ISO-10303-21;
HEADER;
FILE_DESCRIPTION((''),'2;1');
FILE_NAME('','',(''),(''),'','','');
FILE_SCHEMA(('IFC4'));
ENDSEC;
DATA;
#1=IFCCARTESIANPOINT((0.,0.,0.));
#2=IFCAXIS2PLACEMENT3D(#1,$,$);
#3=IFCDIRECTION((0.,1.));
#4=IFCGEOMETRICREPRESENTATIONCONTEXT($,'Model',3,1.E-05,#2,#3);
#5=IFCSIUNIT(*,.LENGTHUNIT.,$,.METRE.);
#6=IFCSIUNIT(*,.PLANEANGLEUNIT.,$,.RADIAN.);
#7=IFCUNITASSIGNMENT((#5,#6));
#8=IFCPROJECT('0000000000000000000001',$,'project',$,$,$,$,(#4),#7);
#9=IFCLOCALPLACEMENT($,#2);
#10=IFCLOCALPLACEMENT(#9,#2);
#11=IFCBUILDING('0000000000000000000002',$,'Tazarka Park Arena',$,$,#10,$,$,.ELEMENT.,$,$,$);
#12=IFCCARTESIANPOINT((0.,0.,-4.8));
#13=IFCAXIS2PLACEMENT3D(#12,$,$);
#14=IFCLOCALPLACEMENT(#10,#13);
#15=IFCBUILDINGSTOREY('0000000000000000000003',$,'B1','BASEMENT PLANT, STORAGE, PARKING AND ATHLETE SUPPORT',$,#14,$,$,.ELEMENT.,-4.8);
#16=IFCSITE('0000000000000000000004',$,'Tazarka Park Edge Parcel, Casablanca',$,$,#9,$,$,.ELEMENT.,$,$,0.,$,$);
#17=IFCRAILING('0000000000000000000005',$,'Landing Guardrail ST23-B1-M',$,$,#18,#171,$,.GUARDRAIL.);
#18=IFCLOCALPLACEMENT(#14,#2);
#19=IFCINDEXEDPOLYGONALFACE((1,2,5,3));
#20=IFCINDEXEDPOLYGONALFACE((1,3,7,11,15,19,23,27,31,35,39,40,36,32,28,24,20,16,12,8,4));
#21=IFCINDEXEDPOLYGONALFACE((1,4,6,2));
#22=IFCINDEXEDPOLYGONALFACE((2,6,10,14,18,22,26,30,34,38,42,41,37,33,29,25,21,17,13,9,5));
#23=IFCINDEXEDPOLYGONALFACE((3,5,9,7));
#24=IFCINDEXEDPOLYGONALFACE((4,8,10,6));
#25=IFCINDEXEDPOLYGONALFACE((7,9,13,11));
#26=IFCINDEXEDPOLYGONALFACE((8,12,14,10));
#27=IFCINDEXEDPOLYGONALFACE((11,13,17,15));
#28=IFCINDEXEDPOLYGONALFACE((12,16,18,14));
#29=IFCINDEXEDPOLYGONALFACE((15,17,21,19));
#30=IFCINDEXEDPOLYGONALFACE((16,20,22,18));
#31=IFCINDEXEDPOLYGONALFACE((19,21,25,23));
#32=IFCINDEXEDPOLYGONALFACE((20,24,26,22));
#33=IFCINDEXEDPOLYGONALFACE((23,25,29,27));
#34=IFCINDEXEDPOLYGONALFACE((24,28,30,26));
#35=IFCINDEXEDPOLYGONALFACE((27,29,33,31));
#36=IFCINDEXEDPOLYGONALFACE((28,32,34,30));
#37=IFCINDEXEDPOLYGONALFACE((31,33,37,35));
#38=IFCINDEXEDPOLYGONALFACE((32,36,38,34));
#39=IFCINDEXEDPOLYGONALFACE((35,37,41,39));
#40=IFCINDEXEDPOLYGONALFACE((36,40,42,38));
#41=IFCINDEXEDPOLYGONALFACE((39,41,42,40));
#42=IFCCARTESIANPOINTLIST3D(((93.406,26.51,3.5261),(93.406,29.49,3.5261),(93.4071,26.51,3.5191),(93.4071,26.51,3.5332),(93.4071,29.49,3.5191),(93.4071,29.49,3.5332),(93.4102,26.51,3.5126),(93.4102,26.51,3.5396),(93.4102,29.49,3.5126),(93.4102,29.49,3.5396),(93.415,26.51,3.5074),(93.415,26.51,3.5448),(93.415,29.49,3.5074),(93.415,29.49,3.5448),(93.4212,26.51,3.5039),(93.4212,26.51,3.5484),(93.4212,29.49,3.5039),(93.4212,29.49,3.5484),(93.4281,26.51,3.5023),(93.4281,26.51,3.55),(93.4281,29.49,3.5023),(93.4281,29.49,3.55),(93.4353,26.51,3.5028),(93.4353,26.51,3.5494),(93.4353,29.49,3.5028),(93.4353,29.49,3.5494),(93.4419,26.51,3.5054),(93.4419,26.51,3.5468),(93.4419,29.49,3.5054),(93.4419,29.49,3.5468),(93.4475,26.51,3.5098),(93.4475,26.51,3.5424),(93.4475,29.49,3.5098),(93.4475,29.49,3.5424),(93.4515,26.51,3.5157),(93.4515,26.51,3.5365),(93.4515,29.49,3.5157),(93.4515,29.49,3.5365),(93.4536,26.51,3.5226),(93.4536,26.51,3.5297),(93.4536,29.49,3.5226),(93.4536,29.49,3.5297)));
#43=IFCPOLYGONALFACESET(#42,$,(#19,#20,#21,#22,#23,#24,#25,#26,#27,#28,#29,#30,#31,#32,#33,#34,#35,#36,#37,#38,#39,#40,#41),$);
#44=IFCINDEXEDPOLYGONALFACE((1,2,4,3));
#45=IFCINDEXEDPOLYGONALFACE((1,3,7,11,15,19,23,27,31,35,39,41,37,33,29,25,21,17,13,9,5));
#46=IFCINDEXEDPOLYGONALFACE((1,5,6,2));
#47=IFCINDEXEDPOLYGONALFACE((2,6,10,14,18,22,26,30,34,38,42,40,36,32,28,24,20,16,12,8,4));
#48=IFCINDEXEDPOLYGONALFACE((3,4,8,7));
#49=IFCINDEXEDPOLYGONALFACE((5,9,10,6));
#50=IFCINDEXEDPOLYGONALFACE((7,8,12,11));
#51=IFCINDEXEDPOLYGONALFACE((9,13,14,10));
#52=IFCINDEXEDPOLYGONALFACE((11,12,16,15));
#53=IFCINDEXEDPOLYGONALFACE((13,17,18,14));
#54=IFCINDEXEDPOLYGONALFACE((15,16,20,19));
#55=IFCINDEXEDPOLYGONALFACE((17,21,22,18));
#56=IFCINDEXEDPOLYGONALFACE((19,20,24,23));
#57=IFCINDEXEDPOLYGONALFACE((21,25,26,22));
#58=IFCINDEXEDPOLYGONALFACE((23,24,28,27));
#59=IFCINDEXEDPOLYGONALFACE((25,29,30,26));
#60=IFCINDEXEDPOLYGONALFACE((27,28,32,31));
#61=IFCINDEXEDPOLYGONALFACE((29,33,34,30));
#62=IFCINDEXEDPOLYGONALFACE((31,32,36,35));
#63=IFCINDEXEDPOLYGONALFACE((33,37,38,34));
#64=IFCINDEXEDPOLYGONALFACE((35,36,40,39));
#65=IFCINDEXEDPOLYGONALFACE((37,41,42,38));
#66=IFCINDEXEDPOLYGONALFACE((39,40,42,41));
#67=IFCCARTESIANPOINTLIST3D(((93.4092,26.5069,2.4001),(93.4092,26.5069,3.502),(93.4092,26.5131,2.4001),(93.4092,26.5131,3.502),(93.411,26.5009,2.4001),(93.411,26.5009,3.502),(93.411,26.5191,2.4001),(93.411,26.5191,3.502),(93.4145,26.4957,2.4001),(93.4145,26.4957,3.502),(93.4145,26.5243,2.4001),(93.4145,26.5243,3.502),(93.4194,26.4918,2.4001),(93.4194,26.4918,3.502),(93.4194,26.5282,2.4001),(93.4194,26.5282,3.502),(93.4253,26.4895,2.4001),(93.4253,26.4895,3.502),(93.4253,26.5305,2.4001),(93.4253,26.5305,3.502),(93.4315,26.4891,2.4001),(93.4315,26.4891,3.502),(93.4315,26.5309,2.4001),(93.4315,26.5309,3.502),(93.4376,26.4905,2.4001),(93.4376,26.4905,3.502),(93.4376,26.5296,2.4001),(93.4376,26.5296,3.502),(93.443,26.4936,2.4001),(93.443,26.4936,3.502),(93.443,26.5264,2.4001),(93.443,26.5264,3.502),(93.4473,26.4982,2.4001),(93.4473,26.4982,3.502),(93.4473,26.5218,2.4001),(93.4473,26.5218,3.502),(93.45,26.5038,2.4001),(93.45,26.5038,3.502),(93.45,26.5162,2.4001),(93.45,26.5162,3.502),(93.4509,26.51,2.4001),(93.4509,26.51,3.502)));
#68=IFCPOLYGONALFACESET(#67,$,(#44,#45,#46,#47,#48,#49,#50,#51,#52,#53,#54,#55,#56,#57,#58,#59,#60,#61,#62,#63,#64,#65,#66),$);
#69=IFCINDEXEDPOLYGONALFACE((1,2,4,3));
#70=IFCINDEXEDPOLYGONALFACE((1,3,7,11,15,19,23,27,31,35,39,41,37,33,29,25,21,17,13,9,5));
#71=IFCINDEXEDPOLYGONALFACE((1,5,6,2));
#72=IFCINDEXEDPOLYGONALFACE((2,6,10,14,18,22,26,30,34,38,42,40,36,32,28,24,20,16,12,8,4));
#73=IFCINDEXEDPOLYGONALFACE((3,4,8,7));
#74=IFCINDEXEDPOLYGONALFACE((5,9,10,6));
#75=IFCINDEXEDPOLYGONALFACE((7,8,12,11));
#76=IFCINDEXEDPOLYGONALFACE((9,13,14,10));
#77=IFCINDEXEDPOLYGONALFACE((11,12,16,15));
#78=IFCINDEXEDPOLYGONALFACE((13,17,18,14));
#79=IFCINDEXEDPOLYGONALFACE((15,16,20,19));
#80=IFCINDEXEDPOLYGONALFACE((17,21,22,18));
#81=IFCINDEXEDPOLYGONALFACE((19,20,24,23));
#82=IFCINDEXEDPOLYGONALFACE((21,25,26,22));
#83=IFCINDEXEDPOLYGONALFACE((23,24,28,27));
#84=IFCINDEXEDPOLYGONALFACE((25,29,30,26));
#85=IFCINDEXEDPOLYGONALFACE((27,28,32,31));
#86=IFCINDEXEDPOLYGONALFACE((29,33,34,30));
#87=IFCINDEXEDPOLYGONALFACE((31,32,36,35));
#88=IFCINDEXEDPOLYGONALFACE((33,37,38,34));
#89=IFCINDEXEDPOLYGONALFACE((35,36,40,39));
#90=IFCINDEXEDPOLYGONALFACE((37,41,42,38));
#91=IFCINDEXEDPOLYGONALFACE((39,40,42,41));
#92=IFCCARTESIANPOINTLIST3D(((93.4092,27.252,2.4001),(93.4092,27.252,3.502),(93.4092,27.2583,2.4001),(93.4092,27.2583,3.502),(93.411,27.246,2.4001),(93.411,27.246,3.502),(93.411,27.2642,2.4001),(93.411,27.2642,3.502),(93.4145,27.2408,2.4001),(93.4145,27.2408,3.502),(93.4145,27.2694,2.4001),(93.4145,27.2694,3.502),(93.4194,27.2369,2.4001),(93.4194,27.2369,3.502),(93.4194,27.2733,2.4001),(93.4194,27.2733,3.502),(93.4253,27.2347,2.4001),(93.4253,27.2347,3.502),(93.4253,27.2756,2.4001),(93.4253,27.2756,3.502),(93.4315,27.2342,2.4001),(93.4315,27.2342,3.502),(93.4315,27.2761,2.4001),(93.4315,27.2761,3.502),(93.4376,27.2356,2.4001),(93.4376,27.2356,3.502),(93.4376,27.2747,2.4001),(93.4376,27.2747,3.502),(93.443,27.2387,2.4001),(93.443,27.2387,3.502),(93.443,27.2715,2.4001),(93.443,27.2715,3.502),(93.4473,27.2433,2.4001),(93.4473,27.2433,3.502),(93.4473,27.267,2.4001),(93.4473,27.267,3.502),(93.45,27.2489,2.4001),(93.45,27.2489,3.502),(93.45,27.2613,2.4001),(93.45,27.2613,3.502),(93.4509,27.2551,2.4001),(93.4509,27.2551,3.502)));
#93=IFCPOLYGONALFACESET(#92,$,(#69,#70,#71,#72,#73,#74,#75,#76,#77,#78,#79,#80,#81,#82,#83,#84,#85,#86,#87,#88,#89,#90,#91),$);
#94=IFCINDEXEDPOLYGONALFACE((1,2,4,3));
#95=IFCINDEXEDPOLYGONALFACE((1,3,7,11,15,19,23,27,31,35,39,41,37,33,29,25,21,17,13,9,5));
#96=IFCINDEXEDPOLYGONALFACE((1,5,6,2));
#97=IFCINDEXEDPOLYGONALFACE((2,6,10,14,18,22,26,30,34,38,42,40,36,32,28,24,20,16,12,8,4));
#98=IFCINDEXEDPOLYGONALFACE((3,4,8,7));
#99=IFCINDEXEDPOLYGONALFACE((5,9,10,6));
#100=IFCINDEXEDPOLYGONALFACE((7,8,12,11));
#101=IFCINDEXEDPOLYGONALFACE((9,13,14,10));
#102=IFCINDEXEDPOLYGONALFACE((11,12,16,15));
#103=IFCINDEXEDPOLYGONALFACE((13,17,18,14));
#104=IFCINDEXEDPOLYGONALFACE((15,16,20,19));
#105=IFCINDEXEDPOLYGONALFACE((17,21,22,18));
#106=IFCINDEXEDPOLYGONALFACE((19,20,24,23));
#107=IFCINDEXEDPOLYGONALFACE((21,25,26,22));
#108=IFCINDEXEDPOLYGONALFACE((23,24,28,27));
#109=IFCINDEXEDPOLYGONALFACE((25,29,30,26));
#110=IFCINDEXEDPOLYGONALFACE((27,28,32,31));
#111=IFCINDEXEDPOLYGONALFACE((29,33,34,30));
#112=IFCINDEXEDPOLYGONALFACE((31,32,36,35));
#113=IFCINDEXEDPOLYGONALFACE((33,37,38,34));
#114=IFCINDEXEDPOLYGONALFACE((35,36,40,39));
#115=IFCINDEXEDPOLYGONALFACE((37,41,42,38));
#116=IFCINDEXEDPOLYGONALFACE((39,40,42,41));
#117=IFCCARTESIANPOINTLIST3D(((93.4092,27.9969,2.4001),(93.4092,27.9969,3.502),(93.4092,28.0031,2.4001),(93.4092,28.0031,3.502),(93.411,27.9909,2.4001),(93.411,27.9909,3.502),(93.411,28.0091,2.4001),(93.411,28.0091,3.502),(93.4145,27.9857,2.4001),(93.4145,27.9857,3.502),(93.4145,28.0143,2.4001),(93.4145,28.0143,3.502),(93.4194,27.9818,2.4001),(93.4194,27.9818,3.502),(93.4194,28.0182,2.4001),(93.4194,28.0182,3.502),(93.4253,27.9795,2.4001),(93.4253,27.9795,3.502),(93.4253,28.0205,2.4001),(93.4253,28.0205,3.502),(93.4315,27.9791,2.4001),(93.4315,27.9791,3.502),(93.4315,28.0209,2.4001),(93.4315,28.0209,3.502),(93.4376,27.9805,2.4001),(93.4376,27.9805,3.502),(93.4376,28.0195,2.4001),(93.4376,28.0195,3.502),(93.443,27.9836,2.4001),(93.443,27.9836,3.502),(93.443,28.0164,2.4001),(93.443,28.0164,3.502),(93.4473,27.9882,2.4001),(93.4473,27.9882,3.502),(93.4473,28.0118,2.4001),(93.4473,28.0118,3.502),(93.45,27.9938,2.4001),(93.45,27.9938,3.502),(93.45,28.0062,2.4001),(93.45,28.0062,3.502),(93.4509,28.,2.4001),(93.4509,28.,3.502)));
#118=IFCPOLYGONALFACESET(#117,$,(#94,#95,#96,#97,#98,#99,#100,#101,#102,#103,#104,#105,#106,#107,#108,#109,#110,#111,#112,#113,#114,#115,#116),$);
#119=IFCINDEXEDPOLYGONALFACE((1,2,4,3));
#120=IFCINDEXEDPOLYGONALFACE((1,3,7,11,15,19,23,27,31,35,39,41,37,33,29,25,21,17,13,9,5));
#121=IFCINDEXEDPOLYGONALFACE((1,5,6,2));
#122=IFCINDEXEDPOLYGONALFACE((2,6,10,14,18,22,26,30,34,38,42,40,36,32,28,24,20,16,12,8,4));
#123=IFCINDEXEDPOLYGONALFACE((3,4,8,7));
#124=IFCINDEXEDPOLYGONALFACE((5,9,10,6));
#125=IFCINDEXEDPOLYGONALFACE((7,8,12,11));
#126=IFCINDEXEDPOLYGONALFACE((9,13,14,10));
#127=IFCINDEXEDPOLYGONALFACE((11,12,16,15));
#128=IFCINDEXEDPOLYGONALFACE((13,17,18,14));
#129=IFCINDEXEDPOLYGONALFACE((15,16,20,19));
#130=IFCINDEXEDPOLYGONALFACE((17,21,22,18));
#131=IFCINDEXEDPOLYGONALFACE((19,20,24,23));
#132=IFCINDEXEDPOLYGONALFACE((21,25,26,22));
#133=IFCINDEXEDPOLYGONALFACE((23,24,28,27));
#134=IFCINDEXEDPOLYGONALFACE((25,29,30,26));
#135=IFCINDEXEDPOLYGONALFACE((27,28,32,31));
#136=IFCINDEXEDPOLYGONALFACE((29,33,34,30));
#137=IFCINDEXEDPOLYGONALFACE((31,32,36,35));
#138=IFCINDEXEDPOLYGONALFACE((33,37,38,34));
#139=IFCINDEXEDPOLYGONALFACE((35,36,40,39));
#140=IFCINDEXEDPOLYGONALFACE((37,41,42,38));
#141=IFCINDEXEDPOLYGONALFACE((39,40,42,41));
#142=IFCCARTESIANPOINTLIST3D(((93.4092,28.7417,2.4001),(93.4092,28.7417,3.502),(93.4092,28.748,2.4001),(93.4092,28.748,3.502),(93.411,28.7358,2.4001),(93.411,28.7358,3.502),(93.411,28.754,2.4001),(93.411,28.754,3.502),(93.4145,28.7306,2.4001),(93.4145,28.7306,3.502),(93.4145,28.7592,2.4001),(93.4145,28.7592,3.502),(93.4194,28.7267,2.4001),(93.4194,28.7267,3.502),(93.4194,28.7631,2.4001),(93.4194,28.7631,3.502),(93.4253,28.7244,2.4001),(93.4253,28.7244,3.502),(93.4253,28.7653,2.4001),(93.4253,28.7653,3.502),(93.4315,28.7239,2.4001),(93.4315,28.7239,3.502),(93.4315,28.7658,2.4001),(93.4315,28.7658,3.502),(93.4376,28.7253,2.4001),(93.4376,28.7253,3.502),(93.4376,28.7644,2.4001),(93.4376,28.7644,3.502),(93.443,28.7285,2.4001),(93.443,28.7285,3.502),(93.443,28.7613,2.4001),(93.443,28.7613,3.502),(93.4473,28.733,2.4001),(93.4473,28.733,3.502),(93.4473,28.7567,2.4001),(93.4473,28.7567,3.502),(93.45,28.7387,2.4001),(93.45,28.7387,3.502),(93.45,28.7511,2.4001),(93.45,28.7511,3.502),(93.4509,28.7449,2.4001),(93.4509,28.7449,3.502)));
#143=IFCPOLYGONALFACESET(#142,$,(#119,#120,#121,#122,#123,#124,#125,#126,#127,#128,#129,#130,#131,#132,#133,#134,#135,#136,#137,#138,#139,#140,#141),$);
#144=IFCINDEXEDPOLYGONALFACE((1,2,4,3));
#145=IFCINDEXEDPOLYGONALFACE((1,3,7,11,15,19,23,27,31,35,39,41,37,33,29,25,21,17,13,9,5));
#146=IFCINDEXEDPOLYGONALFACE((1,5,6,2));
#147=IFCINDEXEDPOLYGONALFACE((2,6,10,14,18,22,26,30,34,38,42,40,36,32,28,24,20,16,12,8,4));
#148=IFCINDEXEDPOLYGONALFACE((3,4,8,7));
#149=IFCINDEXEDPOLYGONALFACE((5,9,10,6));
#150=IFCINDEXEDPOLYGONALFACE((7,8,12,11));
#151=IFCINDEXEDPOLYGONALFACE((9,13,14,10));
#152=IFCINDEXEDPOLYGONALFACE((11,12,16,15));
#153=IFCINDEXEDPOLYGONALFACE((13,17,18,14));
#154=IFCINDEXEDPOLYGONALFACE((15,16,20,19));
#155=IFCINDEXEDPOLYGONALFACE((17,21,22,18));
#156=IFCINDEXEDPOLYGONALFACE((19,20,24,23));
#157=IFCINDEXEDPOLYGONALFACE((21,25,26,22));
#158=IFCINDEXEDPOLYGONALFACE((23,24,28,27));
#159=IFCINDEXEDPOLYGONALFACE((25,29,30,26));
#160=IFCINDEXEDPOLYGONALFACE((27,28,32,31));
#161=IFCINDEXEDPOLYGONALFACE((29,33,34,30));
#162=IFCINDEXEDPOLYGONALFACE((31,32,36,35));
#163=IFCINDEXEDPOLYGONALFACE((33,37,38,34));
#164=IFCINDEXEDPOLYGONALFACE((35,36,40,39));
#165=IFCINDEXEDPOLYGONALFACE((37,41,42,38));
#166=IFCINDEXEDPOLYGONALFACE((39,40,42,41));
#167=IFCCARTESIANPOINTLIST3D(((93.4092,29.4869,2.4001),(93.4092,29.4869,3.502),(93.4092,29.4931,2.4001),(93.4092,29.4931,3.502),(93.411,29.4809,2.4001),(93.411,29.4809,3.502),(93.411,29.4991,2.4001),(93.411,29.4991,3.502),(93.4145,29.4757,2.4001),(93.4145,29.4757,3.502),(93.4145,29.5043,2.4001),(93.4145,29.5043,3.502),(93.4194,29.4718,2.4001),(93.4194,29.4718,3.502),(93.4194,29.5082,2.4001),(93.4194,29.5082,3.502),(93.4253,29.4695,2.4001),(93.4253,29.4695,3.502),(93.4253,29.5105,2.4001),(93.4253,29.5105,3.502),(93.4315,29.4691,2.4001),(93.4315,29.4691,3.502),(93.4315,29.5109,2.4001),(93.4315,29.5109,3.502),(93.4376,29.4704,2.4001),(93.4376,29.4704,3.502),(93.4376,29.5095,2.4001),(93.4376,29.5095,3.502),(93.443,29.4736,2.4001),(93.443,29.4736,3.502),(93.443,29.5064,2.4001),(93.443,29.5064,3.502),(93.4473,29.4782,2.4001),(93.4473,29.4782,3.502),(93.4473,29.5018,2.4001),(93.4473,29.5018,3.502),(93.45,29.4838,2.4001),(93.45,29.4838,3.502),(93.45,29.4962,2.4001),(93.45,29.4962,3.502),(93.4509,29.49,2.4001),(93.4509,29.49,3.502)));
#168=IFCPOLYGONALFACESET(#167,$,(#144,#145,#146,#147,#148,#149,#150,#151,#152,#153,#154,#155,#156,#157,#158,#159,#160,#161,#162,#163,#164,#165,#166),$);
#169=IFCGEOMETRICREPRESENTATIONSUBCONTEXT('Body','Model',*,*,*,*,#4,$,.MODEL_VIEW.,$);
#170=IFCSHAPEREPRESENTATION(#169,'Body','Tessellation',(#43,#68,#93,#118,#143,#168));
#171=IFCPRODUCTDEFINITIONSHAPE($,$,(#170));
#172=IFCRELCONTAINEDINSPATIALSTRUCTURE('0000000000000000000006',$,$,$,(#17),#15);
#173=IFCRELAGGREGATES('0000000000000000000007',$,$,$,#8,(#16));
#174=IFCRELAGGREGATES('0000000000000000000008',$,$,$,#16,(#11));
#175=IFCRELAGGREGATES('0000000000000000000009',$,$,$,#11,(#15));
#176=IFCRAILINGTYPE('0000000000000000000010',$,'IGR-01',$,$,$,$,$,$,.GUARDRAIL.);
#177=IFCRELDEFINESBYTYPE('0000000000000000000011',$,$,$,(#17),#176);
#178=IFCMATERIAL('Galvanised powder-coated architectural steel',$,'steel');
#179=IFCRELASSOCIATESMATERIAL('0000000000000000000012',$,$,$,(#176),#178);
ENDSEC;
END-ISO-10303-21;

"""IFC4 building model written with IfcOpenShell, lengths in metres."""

from ifc_helpers import new_model, si_unit, direction, frame, origin, origin_2d, place, context, subcontext, project, spatial, circle, extrude, material, type_object, element, save


model = new_model("IFC4")

# Units and contexts
model_context = context("Model", 3, precision=1e-05, world=origin(), true_north=direction((0.0, 1.0)))
body_context = subcontext(model_context, "Body", "Model", "MODEL_VIEW")
ifc_project = project(units=[si_unit("LENGTHUNIT", "METRE"), si_unit("PLANEANGLEUNIT", "RADIAN")], contexts=[model_context])

# Site, building, storey
site_placement = place(None, origin())
site = spatial("IfcSite", under=ifc_project, at=site_placement, Name="Tazarka Park Edge Parcel, Casablanca", CompositionType="ELEMENT", RefElevation=0.0)
building_placement = place(site_placement, origin())
building = spatial("IfcBuilding", under=site, at=building_placement, Name="Tazarka Park Arena", CompositionType="ELEMENT")
storey_placement = place(building_placement, frame((0.0, 0.0, -4.8)))
storey = spatial("IfcBuildingStorey", under=building, at=storey_placement, Name="B1", Description="BASEMENT PLANT, STORAGE, PARKING AND ATHLETE SUPPORT", CompositionType="ELEMENT", Elevation=-4.8)

# Railing
ifc_material_1 = material(Name="Galvanised powder-coated architectural steel", Category="steel")
railing_type_1 = type_object("IfcRailingType", Name="IGR-01", PredefinedType="GUARDRAIL", material=ifc_material_1)
railing_1_placement = place(storey_placement, frame((93.4299, 26.51, 2.4001)))
element("IfcRailing", 1, at=railing_1_placement, inside=storey, type_object=railing_type_1, Name="Landing Guardrail ST23-B1-M", PredefinedType="GUARDRAIL", context=body_context, shape_type="SweptSolid", body=[
    extrude(circle(Radius=0.0239, at=origin_2d()), frame((0.0, 0.0, 1.126), z_axis=(0.0, 1.0, 0.0), x_axis=(-1.0, 0.0, 0.0)), (0.0, 0.0, 1.0), 2.98),
    extrude(circle(Radius=0.021, at=origin_2d()), origin(), (0.0, 0.0, 1.0), 1.1018),
    extrude(circle(Radius=0.021, at=origin_2d()), frame((0.0, 0.7451, 0.0)), (0.0, 0.0, 1.0), 1.1018),
    extrude(circle(Radius=0.021, at=origin_2d()), frame((0.0, 1.49, 0.0)), (0.0, 0.0, 1.0), 1.1018),
    extrude(circle(Radius=0.021, at=origin_2d()), frame((0.0, 2.2349, 0.0)), (0.0, 0.0, 1.0), 1.1018),
    extrude(circle(Radius=0.021, at=origin_2d()), frame((0.0, 2.98, 0.0)), (0.0, 0.0, 1.0), 1.1018),
])

save(model, "model.ifc")
